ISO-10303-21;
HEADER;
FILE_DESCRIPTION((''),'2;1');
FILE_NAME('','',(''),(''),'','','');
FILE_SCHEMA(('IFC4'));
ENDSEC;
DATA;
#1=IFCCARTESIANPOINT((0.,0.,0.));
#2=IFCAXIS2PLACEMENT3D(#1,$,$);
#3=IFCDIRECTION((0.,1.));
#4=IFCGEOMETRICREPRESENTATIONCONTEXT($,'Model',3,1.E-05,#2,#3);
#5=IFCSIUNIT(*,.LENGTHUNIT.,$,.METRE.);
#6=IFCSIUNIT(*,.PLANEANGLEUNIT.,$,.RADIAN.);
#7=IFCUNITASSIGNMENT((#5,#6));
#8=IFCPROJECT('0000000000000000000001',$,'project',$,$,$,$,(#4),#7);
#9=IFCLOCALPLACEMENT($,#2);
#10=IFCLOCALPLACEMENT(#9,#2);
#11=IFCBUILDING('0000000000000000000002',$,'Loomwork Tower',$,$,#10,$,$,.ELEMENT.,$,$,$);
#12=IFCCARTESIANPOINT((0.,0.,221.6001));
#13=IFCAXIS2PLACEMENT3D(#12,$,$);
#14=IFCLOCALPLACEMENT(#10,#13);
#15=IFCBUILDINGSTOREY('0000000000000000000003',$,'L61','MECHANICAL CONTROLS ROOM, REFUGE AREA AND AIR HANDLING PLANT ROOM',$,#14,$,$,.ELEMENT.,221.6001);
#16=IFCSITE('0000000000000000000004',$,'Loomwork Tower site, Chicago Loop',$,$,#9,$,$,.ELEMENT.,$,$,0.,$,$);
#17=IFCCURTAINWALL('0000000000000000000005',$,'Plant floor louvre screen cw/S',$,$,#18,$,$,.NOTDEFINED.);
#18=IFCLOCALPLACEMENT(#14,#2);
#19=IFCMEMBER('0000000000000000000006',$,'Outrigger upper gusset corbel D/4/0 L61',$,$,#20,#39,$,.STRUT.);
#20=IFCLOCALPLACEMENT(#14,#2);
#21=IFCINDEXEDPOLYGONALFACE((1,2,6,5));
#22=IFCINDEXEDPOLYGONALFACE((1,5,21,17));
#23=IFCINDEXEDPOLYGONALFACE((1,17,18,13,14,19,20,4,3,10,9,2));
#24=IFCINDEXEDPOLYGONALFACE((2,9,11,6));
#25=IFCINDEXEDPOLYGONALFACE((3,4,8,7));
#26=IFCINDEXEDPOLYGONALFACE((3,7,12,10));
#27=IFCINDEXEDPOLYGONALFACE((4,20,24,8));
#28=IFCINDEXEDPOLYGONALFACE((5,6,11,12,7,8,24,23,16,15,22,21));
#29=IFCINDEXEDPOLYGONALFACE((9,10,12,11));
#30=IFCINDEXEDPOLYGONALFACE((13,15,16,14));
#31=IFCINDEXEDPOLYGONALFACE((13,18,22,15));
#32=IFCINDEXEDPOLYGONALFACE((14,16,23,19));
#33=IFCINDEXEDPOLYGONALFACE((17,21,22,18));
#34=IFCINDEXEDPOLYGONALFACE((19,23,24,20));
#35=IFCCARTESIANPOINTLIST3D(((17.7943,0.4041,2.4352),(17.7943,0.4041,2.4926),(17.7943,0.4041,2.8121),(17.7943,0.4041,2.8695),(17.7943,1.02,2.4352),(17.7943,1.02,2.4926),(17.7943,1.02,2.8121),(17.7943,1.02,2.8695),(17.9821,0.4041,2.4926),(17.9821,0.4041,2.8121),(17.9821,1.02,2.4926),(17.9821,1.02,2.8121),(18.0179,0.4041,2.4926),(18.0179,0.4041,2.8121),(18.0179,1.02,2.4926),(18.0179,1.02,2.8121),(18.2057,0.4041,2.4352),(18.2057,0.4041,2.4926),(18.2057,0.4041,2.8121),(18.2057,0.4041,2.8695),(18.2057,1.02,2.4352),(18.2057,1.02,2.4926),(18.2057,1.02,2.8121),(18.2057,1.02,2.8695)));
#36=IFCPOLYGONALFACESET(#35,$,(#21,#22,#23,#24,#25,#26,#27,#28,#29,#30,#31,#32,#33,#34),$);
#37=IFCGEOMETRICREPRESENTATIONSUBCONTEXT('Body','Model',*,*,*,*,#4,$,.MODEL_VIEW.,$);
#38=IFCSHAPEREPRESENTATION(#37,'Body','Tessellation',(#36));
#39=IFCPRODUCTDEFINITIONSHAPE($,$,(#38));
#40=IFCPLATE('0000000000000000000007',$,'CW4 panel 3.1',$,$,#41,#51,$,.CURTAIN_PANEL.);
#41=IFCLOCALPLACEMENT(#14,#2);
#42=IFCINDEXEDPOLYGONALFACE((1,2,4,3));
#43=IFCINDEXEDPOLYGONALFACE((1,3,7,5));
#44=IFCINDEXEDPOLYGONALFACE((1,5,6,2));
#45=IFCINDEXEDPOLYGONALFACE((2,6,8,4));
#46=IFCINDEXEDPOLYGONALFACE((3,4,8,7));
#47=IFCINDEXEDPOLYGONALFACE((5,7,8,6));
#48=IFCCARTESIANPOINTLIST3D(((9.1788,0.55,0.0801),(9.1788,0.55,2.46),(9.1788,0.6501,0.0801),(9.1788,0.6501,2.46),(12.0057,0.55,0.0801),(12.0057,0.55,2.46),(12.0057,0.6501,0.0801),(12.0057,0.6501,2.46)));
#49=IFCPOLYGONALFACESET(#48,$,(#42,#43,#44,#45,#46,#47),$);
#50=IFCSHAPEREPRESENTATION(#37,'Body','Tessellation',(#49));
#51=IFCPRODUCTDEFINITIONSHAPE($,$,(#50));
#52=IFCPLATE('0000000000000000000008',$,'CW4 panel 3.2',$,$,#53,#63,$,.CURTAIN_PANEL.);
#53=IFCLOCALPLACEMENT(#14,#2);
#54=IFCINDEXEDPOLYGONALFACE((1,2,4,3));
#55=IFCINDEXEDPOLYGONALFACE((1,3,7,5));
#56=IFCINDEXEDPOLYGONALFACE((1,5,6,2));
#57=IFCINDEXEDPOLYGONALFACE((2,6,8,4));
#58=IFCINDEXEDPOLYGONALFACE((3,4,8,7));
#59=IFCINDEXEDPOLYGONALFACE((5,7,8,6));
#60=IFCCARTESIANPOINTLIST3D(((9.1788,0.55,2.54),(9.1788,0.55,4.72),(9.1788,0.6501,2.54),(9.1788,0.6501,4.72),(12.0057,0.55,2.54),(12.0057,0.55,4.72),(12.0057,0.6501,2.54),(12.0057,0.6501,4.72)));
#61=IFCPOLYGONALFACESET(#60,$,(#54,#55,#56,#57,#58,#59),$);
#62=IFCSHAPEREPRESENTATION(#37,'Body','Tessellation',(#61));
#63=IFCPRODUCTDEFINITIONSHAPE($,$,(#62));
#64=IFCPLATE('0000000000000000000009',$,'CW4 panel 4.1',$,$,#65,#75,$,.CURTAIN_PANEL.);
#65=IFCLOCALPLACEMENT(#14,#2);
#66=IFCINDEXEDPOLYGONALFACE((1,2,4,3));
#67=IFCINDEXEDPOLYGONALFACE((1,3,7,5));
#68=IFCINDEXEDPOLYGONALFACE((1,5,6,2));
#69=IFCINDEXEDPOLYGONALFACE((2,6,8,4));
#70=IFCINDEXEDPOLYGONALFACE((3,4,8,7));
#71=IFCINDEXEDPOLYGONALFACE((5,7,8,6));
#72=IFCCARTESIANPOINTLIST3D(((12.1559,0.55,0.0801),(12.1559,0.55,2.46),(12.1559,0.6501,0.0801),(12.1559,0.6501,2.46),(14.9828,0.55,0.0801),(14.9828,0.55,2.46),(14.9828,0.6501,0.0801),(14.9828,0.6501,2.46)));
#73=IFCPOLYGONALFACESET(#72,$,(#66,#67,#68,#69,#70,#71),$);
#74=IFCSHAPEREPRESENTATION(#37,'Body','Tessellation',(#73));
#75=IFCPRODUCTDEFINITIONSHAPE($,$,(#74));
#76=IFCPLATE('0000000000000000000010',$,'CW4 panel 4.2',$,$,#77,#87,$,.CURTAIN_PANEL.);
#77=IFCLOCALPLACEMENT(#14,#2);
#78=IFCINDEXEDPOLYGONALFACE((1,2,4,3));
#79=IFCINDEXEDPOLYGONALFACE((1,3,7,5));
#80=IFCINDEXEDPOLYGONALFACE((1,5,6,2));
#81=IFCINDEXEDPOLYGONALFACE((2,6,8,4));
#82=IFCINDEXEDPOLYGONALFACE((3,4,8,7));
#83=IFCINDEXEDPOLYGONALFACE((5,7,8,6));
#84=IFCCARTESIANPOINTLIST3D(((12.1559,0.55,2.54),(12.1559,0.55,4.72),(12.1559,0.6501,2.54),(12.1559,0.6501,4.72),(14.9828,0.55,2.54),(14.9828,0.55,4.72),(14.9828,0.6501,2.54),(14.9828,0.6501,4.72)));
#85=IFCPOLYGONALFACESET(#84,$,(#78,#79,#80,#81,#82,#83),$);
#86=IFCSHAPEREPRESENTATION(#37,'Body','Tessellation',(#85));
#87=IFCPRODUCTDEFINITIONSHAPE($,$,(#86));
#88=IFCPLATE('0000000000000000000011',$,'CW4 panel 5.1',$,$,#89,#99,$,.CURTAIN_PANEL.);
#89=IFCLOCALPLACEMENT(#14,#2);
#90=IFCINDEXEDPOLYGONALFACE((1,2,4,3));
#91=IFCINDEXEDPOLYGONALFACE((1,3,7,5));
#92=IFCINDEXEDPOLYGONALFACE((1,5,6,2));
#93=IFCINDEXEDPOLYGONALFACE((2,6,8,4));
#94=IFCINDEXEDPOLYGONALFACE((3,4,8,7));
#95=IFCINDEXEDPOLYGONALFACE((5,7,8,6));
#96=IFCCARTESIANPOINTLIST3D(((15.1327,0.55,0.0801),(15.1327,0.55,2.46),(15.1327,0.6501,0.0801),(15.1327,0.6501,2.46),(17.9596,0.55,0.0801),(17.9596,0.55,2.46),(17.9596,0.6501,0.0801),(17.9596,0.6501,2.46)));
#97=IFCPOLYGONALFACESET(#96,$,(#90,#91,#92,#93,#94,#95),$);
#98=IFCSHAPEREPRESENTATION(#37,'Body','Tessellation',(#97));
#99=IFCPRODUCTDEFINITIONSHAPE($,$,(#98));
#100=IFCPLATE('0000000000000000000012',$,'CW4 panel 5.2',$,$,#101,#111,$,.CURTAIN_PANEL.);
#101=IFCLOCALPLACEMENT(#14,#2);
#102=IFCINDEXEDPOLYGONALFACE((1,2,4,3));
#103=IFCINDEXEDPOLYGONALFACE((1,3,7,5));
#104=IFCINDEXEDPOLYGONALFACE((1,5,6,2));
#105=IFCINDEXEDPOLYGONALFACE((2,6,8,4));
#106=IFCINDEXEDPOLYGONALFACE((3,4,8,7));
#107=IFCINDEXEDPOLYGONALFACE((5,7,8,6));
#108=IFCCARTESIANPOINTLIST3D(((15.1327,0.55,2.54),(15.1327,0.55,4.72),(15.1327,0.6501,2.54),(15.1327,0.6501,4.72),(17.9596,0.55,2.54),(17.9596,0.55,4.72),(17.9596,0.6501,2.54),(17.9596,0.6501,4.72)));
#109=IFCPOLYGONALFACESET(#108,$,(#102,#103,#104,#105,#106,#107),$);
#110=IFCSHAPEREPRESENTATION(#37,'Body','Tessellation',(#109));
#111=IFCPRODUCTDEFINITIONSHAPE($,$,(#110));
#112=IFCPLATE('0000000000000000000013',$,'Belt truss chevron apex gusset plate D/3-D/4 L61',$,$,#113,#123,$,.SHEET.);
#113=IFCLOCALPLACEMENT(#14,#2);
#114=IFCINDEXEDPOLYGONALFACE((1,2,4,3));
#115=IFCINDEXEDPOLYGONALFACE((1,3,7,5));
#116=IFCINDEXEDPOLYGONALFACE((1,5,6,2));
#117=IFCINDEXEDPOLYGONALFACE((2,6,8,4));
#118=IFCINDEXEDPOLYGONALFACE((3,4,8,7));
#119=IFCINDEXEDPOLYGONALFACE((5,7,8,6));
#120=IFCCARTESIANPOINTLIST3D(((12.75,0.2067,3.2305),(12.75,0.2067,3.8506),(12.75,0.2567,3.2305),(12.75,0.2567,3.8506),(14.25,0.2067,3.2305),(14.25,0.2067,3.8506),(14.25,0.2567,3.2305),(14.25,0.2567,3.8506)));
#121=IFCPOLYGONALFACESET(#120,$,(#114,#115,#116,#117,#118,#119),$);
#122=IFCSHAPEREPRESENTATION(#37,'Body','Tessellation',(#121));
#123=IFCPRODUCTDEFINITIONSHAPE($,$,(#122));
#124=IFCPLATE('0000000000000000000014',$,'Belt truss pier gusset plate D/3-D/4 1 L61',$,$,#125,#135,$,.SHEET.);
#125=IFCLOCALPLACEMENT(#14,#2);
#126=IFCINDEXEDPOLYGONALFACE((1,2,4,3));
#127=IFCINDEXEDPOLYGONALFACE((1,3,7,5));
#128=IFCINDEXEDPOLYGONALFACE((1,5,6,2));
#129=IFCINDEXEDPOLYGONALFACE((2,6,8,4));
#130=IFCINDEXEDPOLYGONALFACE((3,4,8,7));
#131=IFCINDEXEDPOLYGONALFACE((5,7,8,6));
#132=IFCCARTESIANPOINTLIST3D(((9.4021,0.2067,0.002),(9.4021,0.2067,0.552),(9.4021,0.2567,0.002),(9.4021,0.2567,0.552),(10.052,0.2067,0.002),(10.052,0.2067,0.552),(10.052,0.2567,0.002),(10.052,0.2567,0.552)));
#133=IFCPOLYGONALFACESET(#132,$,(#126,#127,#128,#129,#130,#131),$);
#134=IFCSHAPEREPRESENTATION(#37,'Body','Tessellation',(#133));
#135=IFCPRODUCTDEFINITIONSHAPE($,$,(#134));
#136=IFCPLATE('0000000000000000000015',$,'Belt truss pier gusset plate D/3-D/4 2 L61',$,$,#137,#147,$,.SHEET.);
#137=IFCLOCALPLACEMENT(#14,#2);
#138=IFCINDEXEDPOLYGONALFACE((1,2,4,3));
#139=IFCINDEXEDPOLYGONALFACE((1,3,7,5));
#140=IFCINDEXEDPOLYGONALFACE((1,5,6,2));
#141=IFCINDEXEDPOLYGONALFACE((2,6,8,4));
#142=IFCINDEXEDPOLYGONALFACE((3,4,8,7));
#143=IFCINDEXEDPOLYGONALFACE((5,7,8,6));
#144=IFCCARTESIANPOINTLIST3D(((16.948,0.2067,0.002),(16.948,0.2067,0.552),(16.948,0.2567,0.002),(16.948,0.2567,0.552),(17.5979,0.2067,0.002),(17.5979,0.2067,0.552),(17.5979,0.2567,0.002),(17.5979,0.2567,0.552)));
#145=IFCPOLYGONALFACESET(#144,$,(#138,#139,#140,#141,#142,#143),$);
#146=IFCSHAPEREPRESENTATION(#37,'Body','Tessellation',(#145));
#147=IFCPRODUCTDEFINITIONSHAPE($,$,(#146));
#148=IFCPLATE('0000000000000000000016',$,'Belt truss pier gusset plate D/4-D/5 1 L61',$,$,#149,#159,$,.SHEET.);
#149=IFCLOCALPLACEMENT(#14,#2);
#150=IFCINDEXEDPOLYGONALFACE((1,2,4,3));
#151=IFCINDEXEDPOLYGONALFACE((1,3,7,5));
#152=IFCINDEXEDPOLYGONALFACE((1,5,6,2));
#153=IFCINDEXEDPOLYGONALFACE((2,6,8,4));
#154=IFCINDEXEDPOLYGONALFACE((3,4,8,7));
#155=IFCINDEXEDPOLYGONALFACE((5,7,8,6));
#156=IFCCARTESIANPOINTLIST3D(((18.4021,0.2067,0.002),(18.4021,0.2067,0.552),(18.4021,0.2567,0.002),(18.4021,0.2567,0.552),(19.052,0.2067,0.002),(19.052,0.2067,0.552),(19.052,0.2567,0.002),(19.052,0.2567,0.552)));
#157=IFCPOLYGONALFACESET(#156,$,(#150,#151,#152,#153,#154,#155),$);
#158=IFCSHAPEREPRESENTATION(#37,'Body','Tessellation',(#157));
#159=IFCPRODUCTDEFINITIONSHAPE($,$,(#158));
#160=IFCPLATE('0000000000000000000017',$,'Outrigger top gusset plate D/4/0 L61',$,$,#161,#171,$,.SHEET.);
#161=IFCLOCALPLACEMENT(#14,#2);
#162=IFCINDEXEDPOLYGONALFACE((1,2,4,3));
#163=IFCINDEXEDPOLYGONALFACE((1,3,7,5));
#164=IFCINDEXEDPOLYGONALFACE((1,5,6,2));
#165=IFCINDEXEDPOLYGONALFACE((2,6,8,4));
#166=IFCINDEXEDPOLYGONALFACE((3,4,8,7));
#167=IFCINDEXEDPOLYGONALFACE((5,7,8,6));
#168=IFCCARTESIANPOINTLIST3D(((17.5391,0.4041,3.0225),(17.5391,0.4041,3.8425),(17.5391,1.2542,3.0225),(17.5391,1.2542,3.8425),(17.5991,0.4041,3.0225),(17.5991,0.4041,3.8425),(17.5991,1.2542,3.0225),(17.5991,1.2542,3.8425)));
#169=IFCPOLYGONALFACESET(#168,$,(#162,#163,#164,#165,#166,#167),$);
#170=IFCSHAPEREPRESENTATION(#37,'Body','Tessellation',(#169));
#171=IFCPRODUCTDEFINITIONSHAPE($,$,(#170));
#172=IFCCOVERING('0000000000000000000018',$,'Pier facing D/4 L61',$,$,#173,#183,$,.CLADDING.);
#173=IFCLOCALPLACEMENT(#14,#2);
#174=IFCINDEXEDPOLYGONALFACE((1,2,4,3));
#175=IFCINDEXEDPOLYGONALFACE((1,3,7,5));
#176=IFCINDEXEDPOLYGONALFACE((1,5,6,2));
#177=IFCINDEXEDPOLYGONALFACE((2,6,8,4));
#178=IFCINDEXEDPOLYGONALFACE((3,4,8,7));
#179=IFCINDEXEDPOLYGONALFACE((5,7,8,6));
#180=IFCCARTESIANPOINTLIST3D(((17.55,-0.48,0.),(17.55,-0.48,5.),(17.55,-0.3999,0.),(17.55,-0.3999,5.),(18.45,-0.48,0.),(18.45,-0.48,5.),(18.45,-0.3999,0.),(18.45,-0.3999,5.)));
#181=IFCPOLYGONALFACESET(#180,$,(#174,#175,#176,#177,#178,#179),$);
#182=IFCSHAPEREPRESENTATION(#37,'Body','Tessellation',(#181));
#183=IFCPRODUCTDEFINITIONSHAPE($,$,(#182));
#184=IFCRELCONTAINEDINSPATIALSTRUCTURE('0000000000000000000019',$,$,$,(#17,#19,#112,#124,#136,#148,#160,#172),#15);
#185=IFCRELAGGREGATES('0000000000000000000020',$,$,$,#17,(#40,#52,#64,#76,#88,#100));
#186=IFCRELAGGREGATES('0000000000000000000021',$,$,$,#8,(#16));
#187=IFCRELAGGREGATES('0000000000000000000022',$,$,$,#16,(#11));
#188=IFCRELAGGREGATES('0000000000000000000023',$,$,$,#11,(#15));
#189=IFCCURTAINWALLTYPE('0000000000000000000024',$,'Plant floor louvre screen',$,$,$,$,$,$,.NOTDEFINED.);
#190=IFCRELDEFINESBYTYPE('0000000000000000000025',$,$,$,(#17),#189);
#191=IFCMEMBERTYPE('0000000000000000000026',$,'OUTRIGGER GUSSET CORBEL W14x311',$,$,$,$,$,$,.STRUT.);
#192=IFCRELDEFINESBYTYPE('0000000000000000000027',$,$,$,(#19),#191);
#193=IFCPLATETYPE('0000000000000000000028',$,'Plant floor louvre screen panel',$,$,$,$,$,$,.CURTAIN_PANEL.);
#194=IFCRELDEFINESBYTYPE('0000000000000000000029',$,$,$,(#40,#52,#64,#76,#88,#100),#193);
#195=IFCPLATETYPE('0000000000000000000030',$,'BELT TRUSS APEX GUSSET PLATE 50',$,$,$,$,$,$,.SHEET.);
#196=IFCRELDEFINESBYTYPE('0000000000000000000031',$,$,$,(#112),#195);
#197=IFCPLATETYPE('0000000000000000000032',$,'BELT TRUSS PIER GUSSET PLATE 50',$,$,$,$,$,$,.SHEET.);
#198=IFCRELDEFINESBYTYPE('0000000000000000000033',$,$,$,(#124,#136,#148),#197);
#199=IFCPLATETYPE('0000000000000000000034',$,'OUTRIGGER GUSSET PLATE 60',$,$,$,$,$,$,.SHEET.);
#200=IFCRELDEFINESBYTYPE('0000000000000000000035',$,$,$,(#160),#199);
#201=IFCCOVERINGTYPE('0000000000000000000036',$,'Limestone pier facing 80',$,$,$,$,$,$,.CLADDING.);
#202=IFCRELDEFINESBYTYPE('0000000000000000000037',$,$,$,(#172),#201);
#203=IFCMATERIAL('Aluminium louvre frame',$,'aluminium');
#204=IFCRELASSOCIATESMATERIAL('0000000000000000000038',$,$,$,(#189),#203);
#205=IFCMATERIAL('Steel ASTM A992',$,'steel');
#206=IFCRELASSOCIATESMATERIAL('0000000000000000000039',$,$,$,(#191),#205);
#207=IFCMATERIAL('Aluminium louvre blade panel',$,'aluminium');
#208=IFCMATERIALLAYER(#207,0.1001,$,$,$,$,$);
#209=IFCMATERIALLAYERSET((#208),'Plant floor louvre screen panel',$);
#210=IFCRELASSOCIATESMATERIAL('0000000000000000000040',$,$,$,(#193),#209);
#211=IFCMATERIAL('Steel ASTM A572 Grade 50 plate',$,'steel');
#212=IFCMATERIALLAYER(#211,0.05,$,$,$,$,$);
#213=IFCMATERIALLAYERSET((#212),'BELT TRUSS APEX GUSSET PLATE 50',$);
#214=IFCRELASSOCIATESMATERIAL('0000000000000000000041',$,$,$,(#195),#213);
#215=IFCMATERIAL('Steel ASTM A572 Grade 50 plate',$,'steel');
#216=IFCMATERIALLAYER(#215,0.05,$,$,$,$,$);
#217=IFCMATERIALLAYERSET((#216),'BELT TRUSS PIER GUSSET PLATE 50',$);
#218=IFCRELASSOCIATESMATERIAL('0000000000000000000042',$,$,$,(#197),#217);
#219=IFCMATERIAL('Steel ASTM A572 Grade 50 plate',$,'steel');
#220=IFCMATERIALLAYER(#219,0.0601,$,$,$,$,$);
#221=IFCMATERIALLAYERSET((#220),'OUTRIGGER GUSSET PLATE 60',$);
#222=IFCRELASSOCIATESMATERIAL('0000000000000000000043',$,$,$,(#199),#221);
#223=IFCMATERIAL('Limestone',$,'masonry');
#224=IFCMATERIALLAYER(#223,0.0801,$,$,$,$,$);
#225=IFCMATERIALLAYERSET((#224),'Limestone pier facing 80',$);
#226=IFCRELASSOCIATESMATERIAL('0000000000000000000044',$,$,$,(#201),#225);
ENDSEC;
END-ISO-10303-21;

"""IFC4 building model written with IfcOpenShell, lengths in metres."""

from ifc_helpers import new_model, si_unit, direction, frame, origin, origin_2d, place, context, subcontext, project, spatial, rectangle, i_section, extrude, material, layer, layer_set, material_profile, profile_set, type_object, element, aggregate, save


model = new_model("IFC4")

# Units and contexts
model_context = context("Model", 3, precision=1e-05, world=origin(), true_north=direction((0.0, 1.0)))
body_context = subcontext(model_context, "Body", "Model", "MODEL_VIEW")
ifc_project = project(units=[si_unit("LENGTHUNIT", "METRE"), si_unit("PLANEANGLEUNIT", "RADIAN")], contexts=[model_context])

# Site, building, storey
site_placement = place(None, origin())
site = spatial("IfcSite", under=ifc_project, at=site_placement, Name="Loomwork Tower site, Chicago Loop", CompositionType="ELEMENT", RefElevation=0.0)
building_placement = place(site_placement, origin())
building = spatial("IfcBuilding", under=site, at=building_placement, Name="Loomwork Tower", CompositionType="ELEMENT")
storey_placement = place(building_placement, frame((0.0, 0.0, 221.6001)))
storey = spatial("IfcBuildingStorey", under=building, at=storey_placement, Name="L61", Description="MECHANICAL CONTROLS ROOM, REFUGE AREA AND AIR HANDLING PLANT ROOM", CompositionType="ELEMENT", Elevation=221.6001)

# Curtain wall
ifc_material_1 = material(Name="Aluminium louvre frame", Category="aluminium")
curtain_wall_type = type_object("IfcCurtainWallType", Name="Plant floor louvre screen", PredefinedType="NOTDEFINED", material=ifc_material_1)
curtain_wall_placement = place(storey_placement, origin())
curtain_wall = element("IfcCurtainWall", 1, at=curtain_wall_placement, inside=storey, type_object=curtain_wall_type, Name="Plant floor louvre screen cw/S", PredefinedType="NOTDEFINED")

# Member
ifc_material_2 = material(Name="Steel ASTM A992", Category="steel")
ifc_material_profile_1 = material_profile(ifc_material_2, i_section(OverallWidth=0.4114, OverallDepth=0.4343, WebThickness=0.0359, FlangeThickness=0.0574, at=origin_2d()), Name="W14x311")
ifc_profile_set_1 = profile_set([ifc_material_profile_1], Name="Steel ASTM A992")
member_type_1 = type_object("IfcMemberType", Name="OUTRIGGER GUSSET CORBEL W14x311", PredefinedType="STRUT", material=ifc_profile_set_1)
member_1_placement = place(storey_placement, frame((18.0, 0.4041, 2.6523), z_axis=(0.0, 1.0, 0.0), x_axis=(-1.0, 0.0, 0.0)))
element("IfcMember", 2, at=member_1_placement, inside=storey, type_object=member_type_1, Name="Outrigger upper gusset corbel D/4/0 L61", PredefinedType="STRUT", context=body_context, shape_type="SweptSolid", body=[
    extrude(i_section(OverallWidth=0.4114, OverallDepth=0.4343, WebThickness=0.0359, FlangeThickness=0.0574, at=origin_2d()), origin(), (0.0, 0.0, 1.0), 0.616),
])

# Plates
ifc_material_3 = material(Name="Aluminium louvre blade panel", Category="aluminium")
ifc_layer_1 = layer(ifc_material_3, 0.1001)
ifc_layer_set_1 = layer_set([ifc_layer_1], Name="Plant floor louvre screen panel")
plate_type_1 = type_object("IfcPlateType", Name="Plant floor louvre screen panel", PredefinedType="CURTAIN_PANEL", material=ifc_layer_set_1)
plate_1_placement = place(storey_placement, frame((10.5923, 0.6001, 0.0801), z_axis=(0.0, 0.0, 1.0), x_axis=(1.0, 0.0, 0.0)))
plate_1 = element("IfcPlate", 3, at=plate_1_placement, type_object=plate_type_1, Name="CW4 panel 3.1", PredefinedType="CURTAIN_PANEL", context=body_context, shape_type="SweptSolid", body=[
    extrude(rectangle(XDim=2.8269, YDim=0.1001, at=origin_2d()), origin(), (0.0, 0.0, 1.0), 2.3799),
])
plate_2_placement = place(storey_placement, frame((10.5923, 0.6001, 2.54), z_axis=(0.0, 0.0, 1.0), x_axis=(1.0, 0.0, 0.0)))
plate_2 = element("IfcPlate", 4, at=plate_2_placement, type_object=plate_type_1, Name="CW4 panel 3.2", PredefinedType="CURTAIN_PANEL", context=body_context, shape_type="SweptSolid", body=[
    extrude(rectangle(XDim=2.8269, YDim=0.1001, at=origin_2d()), origin(), (0.0, 0.0, 1.0), 2.1799),
])
plate_3_placement = place(storey_placement, frame((13.5693, 0.6001, 0.0801), z_axis=(0.0, 0.0, 1.0), x_axis=(1.0, 0.0, 0.0)))
plate_3 = element("IfcPlate", 5, at=plate_3_placement, type_object=plate_type_1, Name="CW4 panel 4.1", PredefinedType="CURTAIN_PANEL", context=body_context, shape_type="SweptSolid", body=[
    extrude(rectangle(XDim=2.8269, YDim=0.1001, at=origin_2d()), origin(), (0.0, 0.0, 1.0), 2.3799),
])
plate_4_placement = place(storey_placement, frame((13.5693, 0.6001, 2.54), z_axis=(0.0, 0.0, 1.0), x_axis=(1.0, 0.0, 0.0)))
plate_4 = element("IfcPlate", 6, at=plate_4_placement, type_object=plate_type_1, Name="CW4 panel 4.2", PredefinedType="CURTAIN_PANEL", context=body_context, shape_type="SweptSolid", body=[
    extrude(rectangle(XDim=2.8269, YDim=0.1001, at=origin_2d()), origin(), (0.0, 0.0, 1.0), 2.1799),
])
plate_5_placement = place(storey_placement, frame((16.5461, 0.6001, 0.0801), z_axis=(0.0, 0.0, 1.0), x_axis=(1.0, 0.0, 0.0)))
plate_5 = element("IfcPlate", 7, at=plate_5_placement, type_object=plate_type_1, Name="CW4 panel 5.1", PredefinedType="CURTAIN_PANEL", context=body_context, shape_type="SweptSolid", body=[
    extrude(rectangle(XDim=2.8269, YDim=0.1001, at=origin_2d()), origin(), (0.0, 0.0, 1.0), 2.3799),
])
plate_6_placement = place(storey_placement, frame((16.5461, 0.6001, 2.54), z_axis=(0.0, 0.0, 1.0), x_axis=(1.0, 0.0, 0.0)))
plate_6 = element("IfcPlate", 8, at=plate_6_placement, type_object=plate_type_1, Name="CW4 panel 5.2", PredefinedType="CURTAIN_PANEL", context=body_context, shape_type="SweptSolid", body=[
    extrude(rectangle(XDim=2.8269, YDim=0.1001, at=origin_2d()), origin(), (0.0, 0.0, 1.0), 2.1799),
])
aggregate(curtain_wall, [plate_1, plate_2, plate_3, plate_4, plate_5, plate_6])

# Plates
ifc_material_4 = material(Name="Steel ASTM A572 Grade 50 plate", Category="steel")
ifc_layer_2 = layer(ifc_material_4, 0.05)
ifc_layer_set_2 = layer_set([ifc_layer_2], Name="BELT TRUSS APEX GUSSET PLATE 50")
plate_type_2 = type_object("IfcPlateType", Name="BELT TRUSS APEX GUSSET PLATE 50", PredefinedType="SHEET", material=ifc_layer_set_2)
plate_7_placement = place(storey_placement, frame((13.5, 0.2317, 3.2305), z_axis=(0.0, 0.0, 1.0), x_axis=(1.0, 0.0, 0.0)))
element("IfcPlate", 9, at=plate_7_placement, inside=storey, type_object=plate_type_2, Name="Belt truss chevron apex gusset plate D/3-D/4 L61", PredefinedType="SHEET", context=body_context, shape_type="SweptSolid", body=[
    extrude(rectangle(XDim=1.5, YDim=0.05, at=origin_2d()), origin(), (0.0, 0.0, 1.0), 0.6201),
])
ifc_material_5 = material(Name="Steel ASTM A572 Grade 50 plate", Category="steel")
ifc_layer_3 = layer(ifc_material_5, 0.05)
ifc_layer_set_3 = layer_set([ifc_layer_3], Name="BELT TRUSS PIER GUSSET PLATE 50")
plate_type_3 = type_object("IfcPlateType", Name="BELT TRUSS PIER GUSSET PLATE 50", PredefinedType="SHEET", material=ifc_layer_set_3)
for number, where, z_axis, x_axis, name in (
    (10, (9.7271, 0.2317, 0.002), (0.0, 0.0, 1.0), (1.0, 0.0, 0.0), "Belt truss pier gusset plate D/3-D/4 1 L61"),
    (11, (17.2729, 0.2317, 0.002), (0.0, 0.0, 1.0), (1.0, 0.0, 0.0), "Belt truss pier gusset plate D/3-D/4 2 L61"),
    (12, (18.7271, 0.2317, 0.002), (0.0, 0.0, 1.0), (1.0, 0.0, 0.0), "Belt truss pier gusset plate D/4-D/5 1 L61"),
):
    element("IfcPlate", number, at=place(storey_placement, frame(where, z_axis=z_axis, x_axis=x_axis)), inside=storey, type_object=plate_type_3, Name=name, PredefinedType="SHEET", context=body_context, shape_type="SweptSolid", body=[
        extrude(rectangle(XDim=0.6499, YDim=0.05, at=origin_2d()), origin(), (0.0, 0.0, 1.0), 0.55),
    ])
ifc_material_6 = material(Name="Steel ASTM A572 Grade 50 plate", Category="steel")
ifc_layer_4 = layer(ifc_material_6, 0.0601)
ifc_layer_set_4 = layer_set([ifc_layer_4], Name="OUTRIGGER GUSSET PLATE 60")
plate_type_4 = type_object("IfcPlateType", Name="OUTRIGGER GUSSET PLATE 60", PredefinedType="SHEET", material=ifc_layer_set_4)
plate_8_placement = place(storey_placement, frame((17.5691, 0.8291, 3.0225), z_axis=(0.0, 0.0, 1.0), x_axis=(0.0, 1.0, 0.0)))
element("IfcPlate", 13, at=plate_8_placement, inside=storey, type_object=plate_type_4, Name="Outrigger top gusset plate D/4/0 L61", PredefinedType="SHEET", context=body_context, shape_type="SweptSolid", body=[
    extrude(rectangle(XDim=0.8501, YDim=0.0601, at=origin_2d()), origin(), (0.0, 0.0, 1.0), 0.8201),
])

# Covering
ifc_material_7 = material(Name="Limestone", Category="masonry")
ifc_layer_5 = layer(ifc_material_7, 0.0801)
ifc_layer_set_5 = layer_set([ifc_layer_5], Name="Limestone pier facing 80")
covering_type = type_object("IfcCoveringType", Name="Limestone pier facing 80", PredefinedType="CLADDING", material=ifc_layer_set_5)
covering_placement = place(storey_placement, frame((18.0, -0.4399, 0.0), z_axis=(0.0, 0.0, 1.0), x_axis=(1.0, 0.0, 0.0)))
element("IfcCovering", 14, at=covering_placement, inside=storey, type_object=covering_type, Name="Pier facing D/4 L61", PredefinedType="CLADDING", context=body_context, shape_type="SweptSolid", body=[
    extrude(rectangle(XDim=0.8999, YDim=0.0801, at=origin_2d()), origin(), (0.0, 0.0, 1.0), 5.0),
])

save(model, "model.ifc")
